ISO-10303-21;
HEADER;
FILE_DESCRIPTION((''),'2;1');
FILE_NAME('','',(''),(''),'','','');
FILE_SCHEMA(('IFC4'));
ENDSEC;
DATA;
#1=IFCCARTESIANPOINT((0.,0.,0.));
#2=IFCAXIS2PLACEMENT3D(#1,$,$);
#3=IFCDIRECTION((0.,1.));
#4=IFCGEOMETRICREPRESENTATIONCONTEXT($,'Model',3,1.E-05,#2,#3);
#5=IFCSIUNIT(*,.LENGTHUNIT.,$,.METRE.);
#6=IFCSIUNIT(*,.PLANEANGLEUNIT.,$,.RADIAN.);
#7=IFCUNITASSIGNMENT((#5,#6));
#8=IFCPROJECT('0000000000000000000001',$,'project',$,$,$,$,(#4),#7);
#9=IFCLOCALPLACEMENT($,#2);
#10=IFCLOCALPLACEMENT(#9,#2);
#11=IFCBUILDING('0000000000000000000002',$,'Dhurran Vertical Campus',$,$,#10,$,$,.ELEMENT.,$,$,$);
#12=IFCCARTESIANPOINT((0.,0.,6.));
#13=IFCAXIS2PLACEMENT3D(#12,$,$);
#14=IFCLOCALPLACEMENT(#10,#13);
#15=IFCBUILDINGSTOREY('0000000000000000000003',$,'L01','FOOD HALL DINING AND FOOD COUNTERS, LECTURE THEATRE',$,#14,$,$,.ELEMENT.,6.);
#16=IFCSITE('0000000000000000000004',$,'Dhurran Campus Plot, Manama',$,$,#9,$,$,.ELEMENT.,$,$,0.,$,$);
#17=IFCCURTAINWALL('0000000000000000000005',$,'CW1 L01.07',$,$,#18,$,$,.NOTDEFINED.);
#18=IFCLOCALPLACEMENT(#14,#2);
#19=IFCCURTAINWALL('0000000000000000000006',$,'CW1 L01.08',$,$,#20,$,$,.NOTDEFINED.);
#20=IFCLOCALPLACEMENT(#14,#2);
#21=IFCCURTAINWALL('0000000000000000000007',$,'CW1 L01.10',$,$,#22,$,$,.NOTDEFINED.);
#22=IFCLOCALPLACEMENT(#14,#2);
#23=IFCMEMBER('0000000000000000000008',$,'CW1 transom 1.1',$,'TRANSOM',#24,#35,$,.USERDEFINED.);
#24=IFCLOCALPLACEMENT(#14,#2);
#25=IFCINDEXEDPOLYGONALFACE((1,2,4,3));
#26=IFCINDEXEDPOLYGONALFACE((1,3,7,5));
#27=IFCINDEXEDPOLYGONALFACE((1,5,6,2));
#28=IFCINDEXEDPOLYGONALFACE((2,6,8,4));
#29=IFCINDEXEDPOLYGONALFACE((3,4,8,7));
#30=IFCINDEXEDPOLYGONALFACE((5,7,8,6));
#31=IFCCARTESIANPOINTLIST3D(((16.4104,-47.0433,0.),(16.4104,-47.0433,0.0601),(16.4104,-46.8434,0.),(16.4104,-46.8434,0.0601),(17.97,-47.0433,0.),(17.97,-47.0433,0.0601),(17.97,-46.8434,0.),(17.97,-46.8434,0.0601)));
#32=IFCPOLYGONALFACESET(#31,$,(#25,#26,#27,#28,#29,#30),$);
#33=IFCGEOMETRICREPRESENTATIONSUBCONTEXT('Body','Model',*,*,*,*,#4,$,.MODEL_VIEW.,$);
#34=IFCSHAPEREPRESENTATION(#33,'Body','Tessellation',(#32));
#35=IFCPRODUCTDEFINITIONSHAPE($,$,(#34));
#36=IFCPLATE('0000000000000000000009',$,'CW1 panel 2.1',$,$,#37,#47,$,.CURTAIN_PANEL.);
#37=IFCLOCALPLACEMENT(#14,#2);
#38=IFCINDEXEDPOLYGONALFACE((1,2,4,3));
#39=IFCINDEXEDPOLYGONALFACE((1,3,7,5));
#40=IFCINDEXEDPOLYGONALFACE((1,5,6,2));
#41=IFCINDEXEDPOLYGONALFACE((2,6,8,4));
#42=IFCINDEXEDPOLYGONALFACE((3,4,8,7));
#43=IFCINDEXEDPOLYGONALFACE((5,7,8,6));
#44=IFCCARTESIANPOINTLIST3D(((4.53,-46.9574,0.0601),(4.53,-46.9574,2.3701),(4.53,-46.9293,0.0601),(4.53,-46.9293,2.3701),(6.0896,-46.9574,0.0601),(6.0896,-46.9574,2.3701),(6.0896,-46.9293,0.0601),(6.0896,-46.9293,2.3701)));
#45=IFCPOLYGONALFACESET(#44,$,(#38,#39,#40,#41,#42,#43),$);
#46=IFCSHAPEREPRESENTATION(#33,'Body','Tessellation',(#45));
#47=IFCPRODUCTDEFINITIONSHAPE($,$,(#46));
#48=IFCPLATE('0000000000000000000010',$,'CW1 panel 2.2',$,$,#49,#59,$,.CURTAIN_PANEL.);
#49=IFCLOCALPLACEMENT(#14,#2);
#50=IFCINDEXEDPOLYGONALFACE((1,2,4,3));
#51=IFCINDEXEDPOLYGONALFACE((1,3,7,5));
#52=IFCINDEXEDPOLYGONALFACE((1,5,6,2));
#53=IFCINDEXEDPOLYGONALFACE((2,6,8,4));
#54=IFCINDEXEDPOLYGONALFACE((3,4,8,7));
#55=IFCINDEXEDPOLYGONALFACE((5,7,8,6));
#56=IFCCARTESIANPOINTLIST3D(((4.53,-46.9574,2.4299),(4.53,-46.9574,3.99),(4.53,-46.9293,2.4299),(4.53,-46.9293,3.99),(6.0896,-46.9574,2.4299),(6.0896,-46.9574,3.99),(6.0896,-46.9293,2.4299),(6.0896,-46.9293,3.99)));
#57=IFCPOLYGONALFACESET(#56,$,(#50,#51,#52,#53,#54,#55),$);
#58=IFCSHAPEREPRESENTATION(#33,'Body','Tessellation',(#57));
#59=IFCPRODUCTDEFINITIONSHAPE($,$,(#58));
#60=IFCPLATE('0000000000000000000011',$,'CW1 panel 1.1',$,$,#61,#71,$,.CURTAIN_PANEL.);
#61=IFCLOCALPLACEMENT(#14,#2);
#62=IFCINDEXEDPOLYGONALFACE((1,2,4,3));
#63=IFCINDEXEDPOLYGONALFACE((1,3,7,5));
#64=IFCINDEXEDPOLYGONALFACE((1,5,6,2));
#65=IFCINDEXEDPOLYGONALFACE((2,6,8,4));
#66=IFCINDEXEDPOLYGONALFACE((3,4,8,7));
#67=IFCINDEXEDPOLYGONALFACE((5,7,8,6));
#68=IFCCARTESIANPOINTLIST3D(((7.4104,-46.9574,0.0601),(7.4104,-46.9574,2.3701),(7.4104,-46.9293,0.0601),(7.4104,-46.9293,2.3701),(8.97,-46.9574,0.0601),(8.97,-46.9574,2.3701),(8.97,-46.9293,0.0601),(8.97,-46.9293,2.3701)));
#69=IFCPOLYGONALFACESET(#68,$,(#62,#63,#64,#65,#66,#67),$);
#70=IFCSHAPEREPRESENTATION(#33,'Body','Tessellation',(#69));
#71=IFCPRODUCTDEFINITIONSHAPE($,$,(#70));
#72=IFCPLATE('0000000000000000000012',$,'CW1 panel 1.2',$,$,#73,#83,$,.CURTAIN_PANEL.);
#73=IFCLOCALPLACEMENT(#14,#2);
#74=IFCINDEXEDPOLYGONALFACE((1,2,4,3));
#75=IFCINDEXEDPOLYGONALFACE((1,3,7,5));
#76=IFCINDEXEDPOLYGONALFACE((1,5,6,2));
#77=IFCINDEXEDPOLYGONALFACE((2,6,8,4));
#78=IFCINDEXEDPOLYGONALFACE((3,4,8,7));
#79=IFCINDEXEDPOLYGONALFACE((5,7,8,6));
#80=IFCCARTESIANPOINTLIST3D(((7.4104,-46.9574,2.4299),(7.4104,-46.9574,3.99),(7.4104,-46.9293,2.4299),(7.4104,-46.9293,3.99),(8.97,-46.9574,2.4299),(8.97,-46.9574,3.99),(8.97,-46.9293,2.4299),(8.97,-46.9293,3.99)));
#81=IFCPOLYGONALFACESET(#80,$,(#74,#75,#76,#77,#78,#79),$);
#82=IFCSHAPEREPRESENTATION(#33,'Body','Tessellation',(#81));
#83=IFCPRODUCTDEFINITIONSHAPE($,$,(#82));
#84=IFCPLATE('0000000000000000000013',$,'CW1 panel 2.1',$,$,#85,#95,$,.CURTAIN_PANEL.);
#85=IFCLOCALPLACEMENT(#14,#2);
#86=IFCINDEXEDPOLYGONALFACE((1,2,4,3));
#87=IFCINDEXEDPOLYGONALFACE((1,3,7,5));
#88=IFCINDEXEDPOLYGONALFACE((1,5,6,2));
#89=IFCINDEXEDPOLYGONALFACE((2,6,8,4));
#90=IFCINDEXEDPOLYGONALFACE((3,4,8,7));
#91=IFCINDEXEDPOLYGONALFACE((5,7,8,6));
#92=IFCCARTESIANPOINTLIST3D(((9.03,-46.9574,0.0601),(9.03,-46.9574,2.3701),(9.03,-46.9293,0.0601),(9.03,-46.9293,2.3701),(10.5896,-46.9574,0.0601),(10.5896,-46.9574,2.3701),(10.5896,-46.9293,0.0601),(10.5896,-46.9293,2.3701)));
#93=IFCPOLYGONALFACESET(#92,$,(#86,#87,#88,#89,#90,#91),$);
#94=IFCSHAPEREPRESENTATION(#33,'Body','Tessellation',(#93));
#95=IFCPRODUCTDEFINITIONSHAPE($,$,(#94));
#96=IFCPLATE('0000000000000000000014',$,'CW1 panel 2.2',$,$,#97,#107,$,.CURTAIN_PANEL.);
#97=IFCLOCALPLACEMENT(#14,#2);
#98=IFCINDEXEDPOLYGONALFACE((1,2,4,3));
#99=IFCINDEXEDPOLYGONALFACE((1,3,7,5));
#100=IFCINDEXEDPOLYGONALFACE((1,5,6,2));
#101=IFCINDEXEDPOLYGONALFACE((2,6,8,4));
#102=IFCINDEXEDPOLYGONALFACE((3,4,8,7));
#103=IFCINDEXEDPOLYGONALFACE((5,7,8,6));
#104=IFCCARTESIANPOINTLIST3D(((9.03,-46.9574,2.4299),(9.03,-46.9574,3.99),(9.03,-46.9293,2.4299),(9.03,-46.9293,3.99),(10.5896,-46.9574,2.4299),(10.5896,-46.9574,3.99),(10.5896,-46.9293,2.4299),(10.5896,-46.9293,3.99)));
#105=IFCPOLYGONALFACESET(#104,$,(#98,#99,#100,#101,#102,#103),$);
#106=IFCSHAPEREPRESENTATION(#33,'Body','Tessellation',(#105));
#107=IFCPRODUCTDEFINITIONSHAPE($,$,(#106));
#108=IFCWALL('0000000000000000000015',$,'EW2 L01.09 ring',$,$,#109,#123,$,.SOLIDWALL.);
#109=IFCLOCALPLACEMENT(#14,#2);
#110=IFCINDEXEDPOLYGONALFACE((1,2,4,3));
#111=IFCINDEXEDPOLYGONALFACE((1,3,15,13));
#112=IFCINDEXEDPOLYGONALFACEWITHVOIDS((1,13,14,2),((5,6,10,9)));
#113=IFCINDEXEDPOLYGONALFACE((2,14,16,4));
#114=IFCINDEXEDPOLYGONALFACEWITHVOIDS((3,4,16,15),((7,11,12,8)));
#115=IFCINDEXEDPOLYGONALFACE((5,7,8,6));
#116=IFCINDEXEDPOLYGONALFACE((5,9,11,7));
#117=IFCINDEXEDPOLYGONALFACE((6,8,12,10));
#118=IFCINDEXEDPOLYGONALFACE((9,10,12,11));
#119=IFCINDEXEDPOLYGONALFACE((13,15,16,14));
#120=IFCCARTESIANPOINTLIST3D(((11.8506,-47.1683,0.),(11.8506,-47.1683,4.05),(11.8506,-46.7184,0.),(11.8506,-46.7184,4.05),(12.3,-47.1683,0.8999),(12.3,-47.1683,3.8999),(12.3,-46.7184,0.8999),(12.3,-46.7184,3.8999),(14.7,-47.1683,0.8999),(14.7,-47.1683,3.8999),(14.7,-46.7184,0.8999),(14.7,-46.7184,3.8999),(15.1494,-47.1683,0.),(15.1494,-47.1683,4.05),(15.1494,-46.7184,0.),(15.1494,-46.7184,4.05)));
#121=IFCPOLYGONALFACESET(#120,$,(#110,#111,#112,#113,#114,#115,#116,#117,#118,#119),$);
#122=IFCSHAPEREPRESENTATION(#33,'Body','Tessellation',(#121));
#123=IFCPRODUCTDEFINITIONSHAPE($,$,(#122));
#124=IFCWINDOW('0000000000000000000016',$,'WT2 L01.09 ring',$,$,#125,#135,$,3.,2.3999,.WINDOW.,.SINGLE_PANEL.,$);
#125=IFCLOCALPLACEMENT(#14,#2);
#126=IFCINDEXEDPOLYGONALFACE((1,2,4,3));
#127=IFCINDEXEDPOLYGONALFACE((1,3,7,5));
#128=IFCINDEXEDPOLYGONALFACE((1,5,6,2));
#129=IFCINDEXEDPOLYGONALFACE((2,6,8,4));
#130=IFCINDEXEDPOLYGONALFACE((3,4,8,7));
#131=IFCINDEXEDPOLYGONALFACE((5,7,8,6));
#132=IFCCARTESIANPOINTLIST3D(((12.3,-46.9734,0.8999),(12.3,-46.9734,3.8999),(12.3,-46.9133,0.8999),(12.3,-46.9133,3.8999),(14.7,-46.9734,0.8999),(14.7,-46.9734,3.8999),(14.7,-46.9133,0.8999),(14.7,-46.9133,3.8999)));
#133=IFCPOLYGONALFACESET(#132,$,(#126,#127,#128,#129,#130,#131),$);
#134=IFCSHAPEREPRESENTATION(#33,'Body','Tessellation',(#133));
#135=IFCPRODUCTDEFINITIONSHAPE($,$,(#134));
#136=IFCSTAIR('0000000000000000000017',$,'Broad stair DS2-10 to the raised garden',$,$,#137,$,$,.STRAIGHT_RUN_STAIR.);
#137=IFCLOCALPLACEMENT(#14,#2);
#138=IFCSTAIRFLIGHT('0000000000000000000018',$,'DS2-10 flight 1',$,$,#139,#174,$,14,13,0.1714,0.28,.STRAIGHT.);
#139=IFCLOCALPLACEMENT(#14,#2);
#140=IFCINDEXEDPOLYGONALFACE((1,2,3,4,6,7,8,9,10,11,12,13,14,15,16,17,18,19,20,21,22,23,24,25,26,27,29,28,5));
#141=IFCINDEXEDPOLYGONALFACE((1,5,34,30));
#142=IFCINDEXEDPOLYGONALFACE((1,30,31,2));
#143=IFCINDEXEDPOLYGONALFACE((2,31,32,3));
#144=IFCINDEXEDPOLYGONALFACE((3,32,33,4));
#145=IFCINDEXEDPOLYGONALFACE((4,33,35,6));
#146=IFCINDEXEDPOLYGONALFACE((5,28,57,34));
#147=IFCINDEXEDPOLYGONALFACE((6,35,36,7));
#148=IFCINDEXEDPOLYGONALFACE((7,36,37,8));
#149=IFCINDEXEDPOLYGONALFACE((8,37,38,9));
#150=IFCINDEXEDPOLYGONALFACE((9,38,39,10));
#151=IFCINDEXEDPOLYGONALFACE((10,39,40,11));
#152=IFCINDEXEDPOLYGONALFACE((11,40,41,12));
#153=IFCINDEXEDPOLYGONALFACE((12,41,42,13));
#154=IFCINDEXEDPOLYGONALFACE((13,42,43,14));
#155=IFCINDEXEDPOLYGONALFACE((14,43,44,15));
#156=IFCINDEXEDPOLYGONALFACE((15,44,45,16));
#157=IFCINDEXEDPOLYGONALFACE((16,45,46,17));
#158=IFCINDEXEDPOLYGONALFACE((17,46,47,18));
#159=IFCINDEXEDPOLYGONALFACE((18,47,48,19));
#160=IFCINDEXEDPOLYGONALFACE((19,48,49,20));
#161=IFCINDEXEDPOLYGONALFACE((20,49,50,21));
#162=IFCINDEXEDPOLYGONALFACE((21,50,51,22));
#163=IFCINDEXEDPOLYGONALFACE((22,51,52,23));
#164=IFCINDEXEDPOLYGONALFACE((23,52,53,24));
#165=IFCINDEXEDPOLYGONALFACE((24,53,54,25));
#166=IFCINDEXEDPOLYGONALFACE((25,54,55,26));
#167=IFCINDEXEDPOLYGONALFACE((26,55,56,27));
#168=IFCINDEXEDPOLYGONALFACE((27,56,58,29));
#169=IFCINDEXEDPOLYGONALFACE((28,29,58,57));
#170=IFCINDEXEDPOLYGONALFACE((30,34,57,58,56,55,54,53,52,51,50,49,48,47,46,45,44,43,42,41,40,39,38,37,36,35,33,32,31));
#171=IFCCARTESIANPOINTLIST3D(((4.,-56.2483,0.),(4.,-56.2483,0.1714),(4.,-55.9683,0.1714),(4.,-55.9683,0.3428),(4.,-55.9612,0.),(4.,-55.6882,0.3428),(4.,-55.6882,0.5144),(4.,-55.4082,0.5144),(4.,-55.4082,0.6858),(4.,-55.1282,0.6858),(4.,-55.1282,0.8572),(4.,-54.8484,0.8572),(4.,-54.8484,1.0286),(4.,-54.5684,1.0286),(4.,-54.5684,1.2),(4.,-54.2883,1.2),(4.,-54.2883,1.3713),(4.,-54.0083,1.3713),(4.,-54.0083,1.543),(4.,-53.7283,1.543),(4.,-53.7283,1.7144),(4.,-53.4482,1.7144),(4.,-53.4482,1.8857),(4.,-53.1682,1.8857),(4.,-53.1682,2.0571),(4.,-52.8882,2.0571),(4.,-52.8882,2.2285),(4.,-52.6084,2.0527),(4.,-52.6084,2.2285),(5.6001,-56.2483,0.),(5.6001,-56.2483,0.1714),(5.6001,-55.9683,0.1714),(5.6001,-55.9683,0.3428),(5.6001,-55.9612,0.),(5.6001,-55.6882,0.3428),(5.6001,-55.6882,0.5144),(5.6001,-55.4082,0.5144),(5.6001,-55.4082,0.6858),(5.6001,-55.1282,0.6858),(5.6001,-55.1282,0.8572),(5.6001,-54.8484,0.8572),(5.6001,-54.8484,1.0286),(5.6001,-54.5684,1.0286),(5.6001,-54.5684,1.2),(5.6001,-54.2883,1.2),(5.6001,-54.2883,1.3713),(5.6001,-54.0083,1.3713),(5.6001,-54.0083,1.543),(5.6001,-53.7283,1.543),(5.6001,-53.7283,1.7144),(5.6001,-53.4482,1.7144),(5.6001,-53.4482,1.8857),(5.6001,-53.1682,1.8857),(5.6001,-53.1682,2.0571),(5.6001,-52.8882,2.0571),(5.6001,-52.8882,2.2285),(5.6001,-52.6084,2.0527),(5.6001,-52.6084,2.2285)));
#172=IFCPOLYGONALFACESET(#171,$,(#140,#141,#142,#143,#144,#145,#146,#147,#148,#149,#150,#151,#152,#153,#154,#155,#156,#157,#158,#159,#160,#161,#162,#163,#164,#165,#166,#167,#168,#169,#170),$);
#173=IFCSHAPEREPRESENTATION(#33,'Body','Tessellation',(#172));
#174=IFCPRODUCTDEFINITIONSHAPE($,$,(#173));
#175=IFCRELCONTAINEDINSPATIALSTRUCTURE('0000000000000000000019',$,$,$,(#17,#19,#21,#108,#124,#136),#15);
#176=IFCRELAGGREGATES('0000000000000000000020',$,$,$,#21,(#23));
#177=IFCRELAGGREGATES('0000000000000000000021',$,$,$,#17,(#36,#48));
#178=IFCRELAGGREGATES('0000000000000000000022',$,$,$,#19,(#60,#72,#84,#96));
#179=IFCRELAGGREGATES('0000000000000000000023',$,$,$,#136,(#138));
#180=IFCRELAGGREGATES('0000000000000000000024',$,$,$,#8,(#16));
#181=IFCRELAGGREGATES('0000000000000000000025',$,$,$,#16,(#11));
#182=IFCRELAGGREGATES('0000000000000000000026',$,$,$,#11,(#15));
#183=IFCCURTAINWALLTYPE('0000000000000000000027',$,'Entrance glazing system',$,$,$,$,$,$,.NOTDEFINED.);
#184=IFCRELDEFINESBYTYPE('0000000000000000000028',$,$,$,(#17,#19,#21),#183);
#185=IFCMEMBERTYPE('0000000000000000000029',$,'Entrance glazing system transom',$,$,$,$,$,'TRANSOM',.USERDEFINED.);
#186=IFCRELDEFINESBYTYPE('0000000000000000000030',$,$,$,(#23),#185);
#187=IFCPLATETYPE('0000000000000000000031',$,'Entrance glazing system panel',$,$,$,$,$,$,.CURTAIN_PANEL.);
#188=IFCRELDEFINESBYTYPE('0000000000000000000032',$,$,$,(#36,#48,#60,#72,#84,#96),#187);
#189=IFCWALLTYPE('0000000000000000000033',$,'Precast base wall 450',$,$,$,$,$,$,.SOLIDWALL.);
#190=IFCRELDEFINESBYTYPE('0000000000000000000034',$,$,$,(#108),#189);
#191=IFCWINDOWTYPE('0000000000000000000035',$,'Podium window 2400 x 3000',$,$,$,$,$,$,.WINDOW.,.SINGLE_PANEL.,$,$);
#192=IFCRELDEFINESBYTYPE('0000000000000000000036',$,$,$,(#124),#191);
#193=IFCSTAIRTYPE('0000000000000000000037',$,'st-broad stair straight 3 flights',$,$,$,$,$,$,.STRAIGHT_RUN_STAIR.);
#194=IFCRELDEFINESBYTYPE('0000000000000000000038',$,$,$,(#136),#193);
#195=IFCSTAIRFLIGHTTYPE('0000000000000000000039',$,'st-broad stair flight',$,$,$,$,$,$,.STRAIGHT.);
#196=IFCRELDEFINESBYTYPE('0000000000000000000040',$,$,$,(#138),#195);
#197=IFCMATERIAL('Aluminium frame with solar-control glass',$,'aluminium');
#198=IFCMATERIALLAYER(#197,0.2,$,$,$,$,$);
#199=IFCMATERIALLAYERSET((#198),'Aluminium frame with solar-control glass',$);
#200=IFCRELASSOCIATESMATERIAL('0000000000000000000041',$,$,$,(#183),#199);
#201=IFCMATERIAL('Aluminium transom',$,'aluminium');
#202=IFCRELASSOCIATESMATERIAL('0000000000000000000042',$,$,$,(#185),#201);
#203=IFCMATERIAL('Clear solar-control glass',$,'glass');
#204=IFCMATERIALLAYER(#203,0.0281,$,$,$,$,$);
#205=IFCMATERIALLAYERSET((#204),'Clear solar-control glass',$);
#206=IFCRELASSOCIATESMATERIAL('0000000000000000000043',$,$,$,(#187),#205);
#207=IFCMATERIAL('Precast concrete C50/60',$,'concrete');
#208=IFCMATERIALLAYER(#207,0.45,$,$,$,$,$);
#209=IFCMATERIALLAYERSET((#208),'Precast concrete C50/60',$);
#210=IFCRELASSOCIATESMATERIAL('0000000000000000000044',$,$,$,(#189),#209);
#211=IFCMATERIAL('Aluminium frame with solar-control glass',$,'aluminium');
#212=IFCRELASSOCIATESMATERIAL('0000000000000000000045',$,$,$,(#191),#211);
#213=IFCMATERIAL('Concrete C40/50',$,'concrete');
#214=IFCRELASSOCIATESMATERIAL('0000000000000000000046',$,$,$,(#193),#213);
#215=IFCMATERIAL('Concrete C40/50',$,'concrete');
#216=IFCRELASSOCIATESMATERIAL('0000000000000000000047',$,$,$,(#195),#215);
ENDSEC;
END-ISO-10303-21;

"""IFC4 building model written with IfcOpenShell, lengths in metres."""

from ifc_helpers import new_model, si_unit, direction, frame, frame_2d, origin, origin_2d, place, context, subcontext, project, spatial, polyline, rectangle, outline, extrude, material, layer, layer_set, material_profile, profile_set, type_object, element, fill, aggregate, save


model = new_model("IFC4")

# Units and contexts
model_context = context("Model", 3, precision=1e-05, world=origin(), true_north=direction((0.0, 1.0)))
body_context = subcontext(model_context, "Body", "Model", "MODEL_VIEW")
ifc_project = project(units=[si_unit("LENGTHUNIT", "METRE"), si_unit("PLANEANGLEUNIT", "RADIAN")], contexts=[model_context])

# Site, building, storey
site_placement = place(None, origin())
site = spatial("IfcSite", under=ifc_project, at=site_placement, Name="Dhurran Campus Plot, Manama", CompositionType="ELEMENT", RefElevation=0.0)
building_placement = place(site_placement, origin())
building = spatial("IfcBuilding", under=site, at=building_placement, Name="Dhurran Vertical Campus", CompositionType="ELEMENT")
storey_placement = place(building_placement, frame((0.0, 0.0, 6.0)))
storey = spatial("IfcBuildingStorey", under=building, at=storey_placement, Name="L01", Description="FOOD HALL DINING AND FOOD COUNTERS, LECTURE THEATRE", CompositionType="ELEMENT", Elevation=6.0)

# Curtain walls
ifc_material_1 = material(Name="Aluminium frame with solar-control glass", Category="aluminium")
ifc_layer_1 = layer(ifc_material_1, 0.2)
ifc_layer_set_1 = layer_set([ifc_layer_1], Name="Aluminium frame with solar-control glass")
curtain_wall_type = type_object("IfcCurtainWallType", Name="Entrance glazing system", PredefinedType="NOTDEFINED", material=ifc_layer_set_1)
curtain_wall_1_placement = place(storey_placement, origin())
curtain_wall_1 = element("IfcCurtainWall", 1, at=curtain_wall_1_placement, inside=storey, type_object=curtain_wall_type, Name="CW1 L01.07", PredefinedType="NOTDEFINED")
curtain_wall_2_placement = place(storey_placement, origin())
curtain_wall_2 = element("IfcCurtainWall", 2, at=curtain_wall_2_placement, inside=storey, type_object=curtain_wall_type, Name="CW1 L01.08", PredefinedType="NOTDEFINED")

# Curtain wall
curtain_wall_3_placement = place(storey_placement, origin())
curtain_wall_3 = element("IfcCurtainWall", 3, at=curtain_wall_3_placement, inside=storey, type_object=curtain_wall_type, Name="CW1 L01.10", PredefinedType="NOTDEFINED")

# Member
ifc_material_2 = material(Name="Aluminium transom", Category="aluminium")
ifc_material_profile_1 = material_profile(ifc_material_2, rectangle(XDim=0.2, YDim=0.0601, at=origin_2d()), Name="Entrance glazing system transom")
ifc_profile_set_1 = profile_set([ifc_material_profile_1], Name="Aluminium transom")
member_type_1 = type_object("IfcMemberType", Name="Entrance glazing system transom", ElementType="TRANSOM", PredefinedType="USERDEFINED", material=ifc_profile_set_1)
member_1_placement = place(storey_placement, frame((16.4104, -46.9434, 0.03), z_axis=(1.0, 0.0, 0.0), x_axis=(0.0, 1.0, 0.0)))
member_1 = element("IfcMember", 4, at=member_1_placement, type_object=member_type_1, Name="CW1 transom 1.1", ObjectType="TRANSOM", PredefinedType="USERDEFINED", context=body_context, shape_type="SweptSolid", body=[
    extrude(rectangle(XDim=0.2, YDim=0.0601, at=origin_2d()), origin(), (0.0, 0.0, 1.0), 1.5596),
])
aggregate(curtain_wall_3, [member_1])

# Plates
ifc_material_3 = material(Name="Clear solar-control glass", Category="glass")
ifc_layer_2 = layer(ifc_material_3, 0.0281)
ifc_layer_set_2 = layer_set([ifc_layer_2], Name="Clear solar-control glass")
plate_type = type_object("IfcPlateType", Name="Entrance glazing system panel", PredefinedType="CURTAIN_PANEL", material=ifc_layer_set_2)
plate_1_placement = place(storey_placement, frame((5.3098, -46.9434, 0.0601), z_axis=(0.0, 0.0, 1.0), x_axis=(1.0, 0.0, 0.0)))
plate_1 = element("IfcPlate", 5, at=plate_1_placement, type_object=plate_type, Name="CW1 panel 2.1", PredefinedType="CURTAIN_PANEL", context=body_context, shape_type="SweptSolid", body=[
    extrude(rectangle(XDim=1.5596, YDim=0.0281, at=origin_2d()), origin(), (0.0, 0.0, 1.0), 2.3101),
])
plate_2_placement = place(storey_placement, frame((5.3098, -46.9434, 2.4299), z_axis=(0.0, 0.0, 1.0), x_axis=(1.0, 0.0, 0.0)))
plate_2 = element("IfcPlate", 6, at=plate_2_placement, type_object=plate_type, Name="CW1 panel 2.2", PredefinedType="CURTAIN_PANEL", context=body_context, shape_type="SweptSolid", body=[
    extrude(rectangle(XDim=1.5596, YDim=0.0281, at=origin_2d()), origin(), (0.0, 0.0, 1.0), 1.5601),
])
aggregate(curtain_wall_1, [plate_1, plate_2])
plate_3_placement = place(storey_placement, frame((8.1902, -46.9434, 0.0601), z_axis=(0.0, 0.0, 1.0), x_axis=(1.0, 0.0, 0.0)))
plate_3 = element("IfcPlate", 7, at=plate_3_placement, type_object=plate_type, Name="CW1 panel 1.1", PredefinedType="CURTAIN_PANEL", context=body_context, shape_type="SweptSolid", body=[
    extrude(rectangle(XDim=1.5596, YDim=0.0281, at=origin_2d()), origin(), (0.0, 0.0, 1.0), 2.3101),
])
plate_4_placement = place(storey_placement, frame((8.1902, -46.9434, 2.4299), z_axis=(0.0, 0.0, 1.0), x_axis=(1.0, 0.0, 0.0)))
plate_4 = element("IfcPlate", 8, at=plate_4_placement, type_object=plate_type, Name="CW1 panel 1.2", PredefinedType="CURTAIN_PANEL", context=body_context, shape_type="SweptSolid", body=[
    extrude(rectangle(XDim=1.5596, YDim=0.0281, at=origin_2d()), origin(), (0.0, 0.0, 1.0), 1.5601),
])
plate_5_placement = place(storey_placement, frame((9.8098, -46.9434, 0.0601), z_axis=(0.0, 0.0, 1.0), x_axis=(1.0, 0.0, 0.0)))
plate_5 = element("IfcPlate", 9, at=plate_5_placement, type_object=plate_type, Name="CW1 panel 2.1", PredefinedType="CURTAIN_PANEL", context=body_context, shape_type="SweptSolid", body=[
    extrude(rectangle(XDim=1.5596, YDim=0.0281, at=origin_2d()), origin(), (0.0, 0.0, 1.0), 2.3101),
])
plate_6_placement = place(storey_placement, frame((9.8098, -46.9434, 2.4299), z_axis=(0.0, 0.0, 1.0), x_axis=(1.0, 0.0, 0.0)))
plate_6 = element("IfcPlate", 10, at=plate_6_placement, type_object=plate_type, Name="CW1 panel 2.2", PredefinedType="CURTAIN_PANEL", context=body_context, shape_type="SweptSolid", body=[
    extrude(rectangle(XDim=1.5596, YDim=0.0281, at=origin_2d()), origin(), (0.0, 0.0, 1.0), 1.5601),
])
aggregate(curtain_wall_2, [plate_3, plate_4, plate_5, plate_6])

# Wall, opening, window
ifc_material_4 = material(Name="Precast concrete C50/60", Category="concrete")
ifc_layer_3 = layer(ifc_material_4, 0.45)
ifc_layer_set_3 = layer_set([ifc_layer_3], Name="Precast concrete C50/60")
wall_type = type_object("IfcWallType", Name="Precast base wall 450", PredefinedType="SOLIDWALL", material=ifc_layer_set_3)
wall_placement = place(storey_placement, frame((15.1494, -46.9434, 0.0), z_axis=(0.0, 0.0, 1.0), x_axis=(-1.0, 0.0, 0.0)))
wall = element("IfcWall", 11, at=wall_placement, inside=storey, type_object=wall_type, Name="EW2 L01.09 ring", PredefinedType="SOLIDWALL", context=body_context, shape_type="SweptSolid", body=[
    extrude(rectangle(XDim=3.2988, YDim=0.45, at=frame_2d((1.6494, 0.0))), origin(), (0.0, 0.0, 1.0), 4.05),
])
opening_placement = place(wall_placement, frame((0.4495, 0.0, 0.8999)))
opening = element("IfcOpeningElement", 12, at=opening_placement, cuts=wall, PredefinedType="OPENING", context=body_context, shape_type="SweptSolid", body=[
    extrude(rectangle(XDim=2.3999, YDim=3.0, at=frame_2d((1.2, 1.5))), frame((0.0, 0.2349, 0.0), z_axis=(0.0, -1.0, 0.0), x_axis=(1.0, 0.0, 0.0)), (0.0, 0.0, 1.0), 0.47),
])
ifc_material_5 = material(Name="Aluminium frame with solar-control glass", Category="aluminium")
window_type = type_object("IfcWindowType", Name="Podium window 2400 x 3000", PartitioningType="SINGLE_PANEL", PredefinedType="WINDOW", material=ifc_material_5)
window_placement = place(opening_placement, origin())
window = element("IfcWindow", 13, at=window_placement, inside=storey, type_object=window_type, Name="WT2 L01.09 ring", OverallHeight=3.0, OverallWidth=2.3999, PartitioningType="SINGLE_PANEL", PredefinedType="WINDOW", context=body_context, shape_type="SweptSolid", body=[
    extrude(rectangle(XDim=2.3999, YDim=3.0, at=frame_2d((1.2, 1.5))), frame((0.0, 0.03, 0.0), z_axis=(0.0, -1.0, 0.0), x_axis=(1.0, 0.0, 0.0)), (0.0, 0.0, 1.0), 0.0601),
])
fill(opening, window)

# Stair, stair flight
ifc_material_6 = material(Name="Concrete C40/50", Category="concrete")
stair_type = type_object("IfcStairType", Name="st-broad stair straight 3 flights", PredefinedType="STRAIGHT_RUN_STAIR", material=ifc_material_6)
stair_1_placement = place(storey_placement, origin())
stair_1 = element("IfcStair", 14, at=stair_1_placement, inside=storey, type_object=stair_type, Name="Broad stair DS2-10 to the raised garden", PredefinedType="STRAIGHT_RUN_STAIR")
ifc_material_7 = material(Name="Concrete C40/50", Category="concrete")
stair_flight_type = type_object("IfcStairFlightType", Name="st-broad stair flight", PredefinedType="STRAIGHT", material=ifc_material_7)
stair_flight_1_placement = place(storey_placement, frame((4.8, -56.2483, 0.0), z_axis=(0.0, 0.0, 1.0), x_axis=(0.0, 1.0, 0.0)))
stair_flight_1 = element("IfcStairFlight", 15, at=stair_flight_1_placement, type_object=stair_flight_type, Name="DS2-10 flight 1", NumberOfRisers=14, NumberOfTreads=13, PredefinedType="STRAIGHT", RiserHeight=0.1714, TreadLength=0.28, context=body_context, shape_type="SweptSolid", body=[
    extrude(outline(polyline([(0.0, 0.0), (0.0, 0.1714), (0.28, 0.1714), (0.28, 0.3428), (0.5601, 0.3428), (0.5601, 0.5144), (0.8401, 0.5144), (0.8401, 0.6858), (1.1201, 0.6858), (1.1201, 0.8572), (1.3999, 0.8572), (1.3999, 1.0286), (1.6799, 1.0286), (1.6799, 1.2), (1.96, 1.2), (1.96, 1.3713), (2.24, 1.3713), (2.24, 1.543), (2.52, 1.543), (2.52, 1.7144), (2.8, 1.7144), (2.8, 1.8857), (3.0801, 1.8857), (3.0801, 2.0571), (3.3601, 2.0571), (3.3601, 2.2285), (3.6399, 2.2285), (3.6399, 2.3999), (3.6399, 2.0527), (0.2871, 0.0), (0.0, 0.0)])), frame((0.0, 0.8, 0.0), z_axis=(0.0, -1.0, 0.0), x_axis=(1.0, 0.0, 0.0)), (0.0, 0.0, 1.0), 1.6001),
])
aggregate(stair_1, [stair_flight_1])

save(model, "model.ifc")
